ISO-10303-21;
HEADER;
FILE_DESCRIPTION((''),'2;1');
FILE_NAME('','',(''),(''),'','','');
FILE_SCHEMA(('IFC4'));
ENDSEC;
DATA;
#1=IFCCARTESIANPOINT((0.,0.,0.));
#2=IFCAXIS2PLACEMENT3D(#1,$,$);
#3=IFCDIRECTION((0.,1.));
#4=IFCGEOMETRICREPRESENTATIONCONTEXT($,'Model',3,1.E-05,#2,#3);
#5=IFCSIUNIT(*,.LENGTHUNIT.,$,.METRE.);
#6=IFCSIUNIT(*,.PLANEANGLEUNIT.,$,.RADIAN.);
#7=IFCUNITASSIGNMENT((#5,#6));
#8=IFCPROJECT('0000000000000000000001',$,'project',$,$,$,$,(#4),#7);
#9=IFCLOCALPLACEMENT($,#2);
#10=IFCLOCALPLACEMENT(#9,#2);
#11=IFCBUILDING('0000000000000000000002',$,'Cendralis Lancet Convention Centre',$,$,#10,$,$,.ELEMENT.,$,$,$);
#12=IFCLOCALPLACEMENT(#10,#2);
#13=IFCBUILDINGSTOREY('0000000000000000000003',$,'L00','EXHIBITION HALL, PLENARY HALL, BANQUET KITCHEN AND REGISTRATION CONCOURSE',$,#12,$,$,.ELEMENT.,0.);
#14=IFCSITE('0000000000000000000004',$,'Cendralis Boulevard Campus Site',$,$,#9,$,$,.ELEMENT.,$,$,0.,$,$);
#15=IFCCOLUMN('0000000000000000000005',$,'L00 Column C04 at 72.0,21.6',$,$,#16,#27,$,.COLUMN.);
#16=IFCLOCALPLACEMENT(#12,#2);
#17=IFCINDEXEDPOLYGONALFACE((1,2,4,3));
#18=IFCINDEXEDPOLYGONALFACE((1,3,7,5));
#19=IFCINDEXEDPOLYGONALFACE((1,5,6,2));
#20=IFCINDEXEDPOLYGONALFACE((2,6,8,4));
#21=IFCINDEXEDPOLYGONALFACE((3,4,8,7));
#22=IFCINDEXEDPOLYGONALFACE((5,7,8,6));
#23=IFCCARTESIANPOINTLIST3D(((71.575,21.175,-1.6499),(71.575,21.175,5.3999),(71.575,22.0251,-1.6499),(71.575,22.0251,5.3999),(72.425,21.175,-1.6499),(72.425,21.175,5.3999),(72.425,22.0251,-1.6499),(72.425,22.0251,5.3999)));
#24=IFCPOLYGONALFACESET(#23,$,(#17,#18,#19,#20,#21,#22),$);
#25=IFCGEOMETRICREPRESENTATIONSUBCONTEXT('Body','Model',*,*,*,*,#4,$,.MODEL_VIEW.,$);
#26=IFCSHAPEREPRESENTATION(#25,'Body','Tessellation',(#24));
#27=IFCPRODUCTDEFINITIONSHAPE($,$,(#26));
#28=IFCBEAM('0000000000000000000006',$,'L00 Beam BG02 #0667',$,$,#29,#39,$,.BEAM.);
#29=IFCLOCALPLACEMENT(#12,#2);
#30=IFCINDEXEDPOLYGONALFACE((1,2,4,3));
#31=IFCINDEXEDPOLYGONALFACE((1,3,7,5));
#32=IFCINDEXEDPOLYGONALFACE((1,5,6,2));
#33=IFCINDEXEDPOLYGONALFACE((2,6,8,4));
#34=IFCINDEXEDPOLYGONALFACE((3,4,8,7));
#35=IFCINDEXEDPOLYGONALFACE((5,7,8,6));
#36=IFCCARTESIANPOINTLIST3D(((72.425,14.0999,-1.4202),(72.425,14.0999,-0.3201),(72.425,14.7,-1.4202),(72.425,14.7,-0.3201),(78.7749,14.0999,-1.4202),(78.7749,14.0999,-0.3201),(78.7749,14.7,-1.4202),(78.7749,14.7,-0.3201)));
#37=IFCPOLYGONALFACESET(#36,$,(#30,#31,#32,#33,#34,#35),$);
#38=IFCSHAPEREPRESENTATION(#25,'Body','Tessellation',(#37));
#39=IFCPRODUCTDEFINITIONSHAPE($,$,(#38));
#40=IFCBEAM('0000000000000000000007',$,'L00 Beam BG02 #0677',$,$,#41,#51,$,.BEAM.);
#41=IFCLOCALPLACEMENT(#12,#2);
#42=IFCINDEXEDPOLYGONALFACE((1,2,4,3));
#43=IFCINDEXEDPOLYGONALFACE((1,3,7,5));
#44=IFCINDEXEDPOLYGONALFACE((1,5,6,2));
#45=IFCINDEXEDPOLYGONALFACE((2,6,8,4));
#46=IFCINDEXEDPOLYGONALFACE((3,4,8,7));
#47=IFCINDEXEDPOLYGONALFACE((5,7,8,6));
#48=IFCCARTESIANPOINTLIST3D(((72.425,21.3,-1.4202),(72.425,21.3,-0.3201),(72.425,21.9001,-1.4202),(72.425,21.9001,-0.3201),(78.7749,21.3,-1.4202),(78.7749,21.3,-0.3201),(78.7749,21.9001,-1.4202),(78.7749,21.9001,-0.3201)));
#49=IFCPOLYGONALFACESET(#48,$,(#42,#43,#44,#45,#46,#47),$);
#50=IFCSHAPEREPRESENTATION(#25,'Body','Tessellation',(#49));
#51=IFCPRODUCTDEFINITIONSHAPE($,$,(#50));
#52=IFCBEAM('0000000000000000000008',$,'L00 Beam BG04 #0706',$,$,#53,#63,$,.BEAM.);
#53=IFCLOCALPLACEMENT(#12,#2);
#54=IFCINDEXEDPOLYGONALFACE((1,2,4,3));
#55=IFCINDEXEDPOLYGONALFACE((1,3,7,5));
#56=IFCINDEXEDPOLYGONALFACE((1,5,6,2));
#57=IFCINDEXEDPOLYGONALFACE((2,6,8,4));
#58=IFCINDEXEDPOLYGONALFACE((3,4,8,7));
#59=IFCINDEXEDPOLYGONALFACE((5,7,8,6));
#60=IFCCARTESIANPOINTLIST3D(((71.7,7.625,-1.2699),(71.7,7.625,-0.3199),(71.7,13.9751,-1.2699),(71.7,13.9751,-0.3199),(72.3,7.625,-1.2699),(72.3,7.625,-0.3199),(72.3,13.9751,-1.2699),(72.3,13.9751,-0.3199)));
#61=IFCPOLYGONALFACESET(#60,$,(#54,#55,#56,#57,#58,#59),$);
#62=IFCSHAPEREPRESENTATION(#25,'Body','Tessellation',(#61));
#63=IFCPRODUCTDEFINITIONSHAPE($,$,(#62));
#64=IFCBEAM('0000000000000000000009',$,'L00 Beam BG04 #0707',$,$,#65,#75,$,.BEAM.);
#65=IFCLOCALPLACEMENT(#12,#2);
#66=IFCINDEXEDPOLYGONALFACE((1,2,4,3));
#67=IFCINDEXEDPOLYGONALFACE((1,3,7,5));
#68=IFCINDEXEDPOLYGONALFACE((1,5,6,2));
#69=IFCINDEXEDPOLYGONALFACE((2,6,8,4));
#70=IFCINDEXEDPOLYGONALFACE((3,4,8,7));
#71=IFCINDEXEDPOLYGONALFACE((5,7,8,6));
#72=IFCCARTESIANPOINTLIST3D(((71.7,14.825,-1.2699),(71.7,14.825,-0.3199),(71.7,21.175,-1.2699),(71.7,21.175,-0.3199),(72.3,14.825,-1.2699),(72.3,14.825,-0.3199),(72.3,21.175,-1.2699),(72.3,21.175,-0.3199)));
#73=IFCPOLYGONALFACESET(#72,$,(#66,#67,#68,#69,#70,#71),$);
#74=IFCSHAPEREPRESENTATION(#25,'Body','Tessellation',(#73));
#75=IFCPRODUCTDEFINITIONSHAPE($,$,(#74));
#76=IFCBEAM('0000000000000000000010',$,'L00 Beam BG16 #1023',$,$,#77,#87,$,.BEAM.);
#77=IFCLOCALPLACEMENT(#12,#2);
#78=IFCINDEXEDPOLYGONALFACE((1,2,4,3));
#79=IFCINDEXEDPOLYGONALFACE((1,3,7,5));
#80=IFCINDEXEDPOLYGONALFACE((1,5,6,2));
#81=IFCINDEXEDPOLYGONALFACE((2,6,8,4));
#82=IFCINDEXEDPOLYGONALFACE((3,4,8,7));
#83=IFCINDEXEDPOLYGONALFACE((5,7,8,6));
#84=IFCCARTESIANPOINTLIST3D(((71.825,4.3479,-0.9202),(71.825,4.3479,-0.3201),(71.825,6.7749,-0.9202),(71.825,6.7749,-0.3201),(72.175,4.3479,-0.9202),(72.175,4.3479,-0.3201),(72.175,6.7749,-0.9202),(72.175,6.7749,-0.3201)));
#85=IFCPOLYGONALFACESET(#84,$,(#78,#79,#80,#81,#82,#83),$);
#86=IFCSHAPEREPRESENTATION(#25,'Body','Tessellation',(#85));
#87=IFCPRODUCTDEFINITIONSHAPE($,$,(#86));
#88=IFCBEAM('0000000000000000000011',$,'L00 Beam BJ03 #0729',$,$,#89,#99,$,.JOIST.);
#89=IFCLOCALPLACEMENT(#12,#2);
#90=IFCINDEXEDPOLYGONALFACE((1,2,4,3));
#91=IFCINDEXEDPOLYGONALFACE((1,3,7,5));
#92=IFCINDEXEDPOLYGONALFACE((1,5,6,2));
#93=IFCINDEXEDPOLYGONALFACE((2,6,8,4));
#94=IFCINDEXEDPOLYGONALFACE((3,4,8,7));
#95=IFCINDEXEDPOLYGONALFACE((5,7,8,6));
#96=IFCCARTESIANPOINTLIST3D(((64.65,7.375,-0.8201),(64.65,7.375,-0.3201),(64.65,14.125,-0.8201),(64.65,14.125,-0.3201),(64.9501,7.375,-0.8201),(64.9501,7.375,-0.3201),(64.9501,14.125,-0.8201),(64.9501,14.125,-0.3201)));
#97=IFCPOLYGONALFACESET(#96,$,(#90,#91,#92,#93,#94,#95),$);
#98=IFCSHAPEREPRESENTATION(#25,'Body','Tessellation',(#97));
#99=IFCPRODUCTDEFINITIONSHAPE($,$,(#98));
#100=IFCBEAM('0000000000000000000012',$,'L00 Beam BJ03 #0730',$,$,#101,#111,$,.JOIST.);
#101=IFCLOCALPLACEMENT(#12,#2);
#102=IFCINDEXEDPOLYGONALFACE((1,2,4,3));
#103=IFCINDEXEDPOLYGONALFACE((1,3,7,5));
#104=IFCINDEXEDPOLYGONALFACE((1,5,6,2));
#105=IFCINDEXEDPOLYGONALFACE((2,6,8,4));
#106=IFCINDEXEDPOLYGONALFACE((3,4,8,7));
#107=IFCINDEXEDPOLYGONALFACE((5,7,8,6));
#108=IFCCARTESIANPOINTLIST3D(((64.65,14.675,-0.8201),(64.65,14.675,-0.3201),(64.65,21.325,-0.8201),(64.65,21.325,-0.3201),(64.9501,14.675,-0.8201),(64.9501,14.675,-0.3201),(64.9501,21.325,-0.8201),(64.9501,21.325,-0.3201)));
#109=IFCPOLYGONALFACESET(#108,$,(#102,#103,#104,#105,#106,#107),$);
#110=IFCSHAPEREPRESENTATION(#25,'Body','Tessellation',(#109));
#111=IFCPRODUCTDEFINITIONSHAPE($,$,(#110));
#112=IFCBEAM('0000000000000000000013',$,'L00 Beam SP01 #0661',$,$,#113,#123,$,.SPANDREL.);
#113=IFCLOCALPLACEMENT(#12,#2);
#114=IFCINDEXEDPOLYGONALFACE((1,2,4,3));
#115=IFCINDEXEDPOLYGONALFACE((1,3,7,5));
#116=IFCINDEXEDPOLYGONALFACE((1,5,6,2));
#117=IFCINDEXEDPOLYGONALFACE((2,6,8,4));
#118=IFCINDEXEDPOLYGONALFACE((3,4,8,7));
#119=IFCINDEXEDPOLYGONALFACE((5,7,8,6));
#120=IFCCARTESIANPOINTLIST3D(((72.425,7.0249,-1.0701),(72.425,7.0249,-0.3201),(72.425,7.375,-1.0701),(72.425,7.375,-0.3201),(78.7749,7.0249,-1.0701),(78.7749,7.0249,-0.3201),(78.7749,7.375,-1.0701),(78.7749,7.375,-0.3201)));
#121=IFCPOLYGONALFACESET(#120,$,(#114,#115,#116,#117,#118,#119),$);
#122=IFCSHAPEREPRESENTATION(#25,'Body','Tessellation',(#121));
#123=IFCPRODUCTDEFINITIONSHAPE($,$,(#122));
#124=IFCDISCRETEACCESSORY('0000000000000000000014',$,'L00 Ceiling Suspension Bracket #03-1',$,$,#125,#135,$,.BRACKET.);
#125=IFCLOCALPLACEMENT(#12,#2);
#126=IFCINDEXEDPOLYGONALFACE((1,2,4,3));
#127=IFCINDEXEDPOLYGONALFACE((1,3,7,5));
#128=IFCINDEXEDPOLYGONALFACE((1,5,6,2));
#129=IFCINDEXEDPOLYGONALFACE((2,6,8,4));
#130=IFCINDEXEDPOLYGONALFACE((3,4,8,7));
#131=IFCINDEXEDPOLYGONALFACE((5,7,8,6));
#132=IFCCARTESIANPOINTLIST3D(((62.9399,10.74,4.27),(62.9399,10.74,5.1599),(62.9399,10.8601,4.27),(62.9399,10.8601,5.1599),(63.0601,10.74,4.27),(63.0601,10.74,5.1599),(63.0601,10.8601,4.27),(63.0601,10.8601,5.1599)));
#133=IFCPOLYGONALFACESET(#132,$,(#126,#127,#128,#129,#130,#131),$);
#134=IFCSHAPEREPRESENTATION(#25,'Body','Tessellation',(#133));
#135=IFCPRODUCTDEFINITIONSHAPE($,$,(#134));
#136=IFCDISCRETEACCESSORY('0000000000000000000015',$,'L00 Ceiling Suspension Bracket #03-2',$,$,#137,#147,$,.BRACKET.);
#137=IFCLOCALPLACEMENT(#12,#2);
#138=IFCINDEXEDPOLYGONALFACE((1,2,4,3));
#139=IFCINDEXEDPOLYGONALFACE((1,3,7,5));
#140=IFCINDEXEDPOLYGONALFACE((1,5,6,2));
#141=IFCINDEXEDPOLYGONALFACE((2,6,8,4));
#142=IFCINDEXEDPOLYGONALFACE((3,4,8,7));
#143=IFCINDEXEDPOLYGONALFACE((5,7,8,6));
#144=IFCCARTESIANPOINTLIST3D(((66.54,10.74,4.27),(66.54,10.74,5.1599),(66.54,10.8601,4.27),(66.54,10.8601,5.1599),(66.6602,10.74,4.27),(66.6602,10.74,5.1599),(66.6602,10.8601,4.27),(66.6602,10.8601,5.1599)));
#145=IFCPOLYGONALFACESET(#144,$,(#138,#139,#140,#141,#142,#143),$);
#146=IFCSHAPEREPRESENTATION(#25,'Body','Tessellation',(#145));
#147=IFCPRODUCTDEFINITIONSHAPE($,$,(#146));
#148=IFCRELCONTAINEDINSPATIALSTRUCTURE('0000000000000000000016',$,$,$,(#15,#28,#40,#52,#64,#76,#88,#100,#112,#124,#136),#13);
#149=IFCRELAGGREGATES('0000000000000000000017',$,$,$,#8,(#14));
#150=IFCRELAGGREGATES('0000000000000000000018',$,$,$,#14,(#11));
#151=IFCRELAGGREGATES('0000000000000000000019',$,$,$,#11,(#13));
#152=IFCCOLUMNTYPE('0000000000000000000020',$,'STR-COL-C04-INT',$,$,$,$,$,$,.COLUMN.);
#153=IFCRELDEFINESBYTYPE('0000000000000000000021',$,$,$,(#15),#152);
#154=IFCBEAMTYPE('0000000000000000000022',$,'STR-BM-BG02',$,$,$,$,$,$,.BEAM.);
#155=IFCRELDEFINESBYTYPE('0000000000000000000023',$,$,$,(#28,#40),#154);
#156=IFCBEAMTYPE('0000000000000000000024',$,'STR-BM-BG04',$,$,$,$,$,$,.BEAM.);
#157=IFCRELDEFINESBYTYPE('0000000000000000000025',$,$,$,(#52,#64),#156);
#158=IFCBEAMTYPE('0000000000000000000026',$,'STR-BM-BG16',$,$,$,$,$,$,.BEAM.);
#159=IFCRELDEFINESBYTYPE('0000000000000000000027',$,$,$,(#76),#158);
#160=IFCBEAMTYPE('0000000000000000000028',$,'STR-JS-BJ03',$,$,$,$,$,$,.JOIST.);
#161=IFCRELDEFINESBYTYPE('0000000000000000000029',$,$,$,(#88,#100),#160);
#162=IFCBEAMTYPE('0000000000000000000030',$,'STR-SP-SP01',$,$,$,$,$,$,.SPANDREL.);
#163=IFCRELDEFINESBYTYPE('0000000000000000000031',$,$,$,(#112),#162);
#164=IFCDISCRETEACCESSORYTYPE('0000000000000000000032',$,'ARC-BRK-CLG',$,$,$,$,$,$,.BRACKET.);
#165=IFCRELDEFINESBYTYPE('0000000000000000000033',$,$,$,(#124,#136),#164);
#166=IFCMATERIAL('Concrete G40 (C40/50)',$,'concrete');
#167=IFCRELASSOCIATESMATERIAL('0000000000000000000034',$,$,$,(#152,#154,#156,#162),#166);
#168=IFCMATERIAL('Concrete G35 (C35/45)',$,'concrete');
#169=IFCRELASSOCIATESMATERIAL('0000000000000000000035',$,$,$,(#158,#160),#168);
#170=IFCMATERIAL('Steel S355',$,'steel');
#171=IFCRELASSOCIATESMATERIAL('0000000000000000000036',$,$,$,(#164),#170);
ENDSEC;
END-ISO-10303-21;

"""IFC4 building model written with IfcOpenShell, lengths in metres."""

from ifc_helpers import new_model, si_unit, direction, frame, origin, origin_2d, place, context, subcontext, project, spatial, rectangle, extrude, material, material_profile, profile_set, type_object, element, save


model = new_model("IFC4")

# Units and contexts
model_context = context("Model", 3, precision=1e-05, world=origin(), true_north=direction((0.0, 1.0)))
body_context = subcontext(model_context, "Body", "Model", "MODEL_VIEW")
ifc_project = project(units=[si_unit("LENGTHUNIT", "METRE"), si_unit("PLANEANGLEUNIT", "RADIAN")], contexts=[model_context])

# Site, building, storey
site_placement = place(None, origin())
site = spatial("IfcSite", under=ifc_project, at=site_placement, Name="Cendralis Boulevard Campus Site", CompositionType="ELEMENT", RefElevation=0.0)
building_placement = place(site_placement, origin())
building = spatial("IfcBuilding", under=site, at=building_placement, Name="Cendralis Lancet Convention Centre", CompositionType="ELEMENT")
storey_placement = place(building_placement, origin())
storey = spatial("IfcBuildingStorey", under=building, at=storey_placement, Name="L00", Description="EXHIBITION HALL, PLENARY HALL, BANQUET KITCHEN AND REGISTRATION CONCOURSE", CompositionType="ELEMENT", Elevation=0.0)

# Shared definitions
ifc_material_1 = material(Name="Concrete G35 (C35/45)", Category="concrete")

# Column
ifc_material_2 = material(Name="Concrete G40 (C40/50)", Category="concrete")
ifc_material_profile_1 = material_profile(ifc_material_2, rectangle(XDim=0.8501, YDim=0.8501, at=origin_2d()), Name="RC 850x850")
ifc_profile_set_1 = profile_set([ifc_material_profile_1], Name="Concrete G40 (C40/50)")
column_type = type_object("IfcColumnType", Name="STR-COL-C04-INT", PredefinedType="COLUMN", material=ifc_profile_set_1)
for number, where, z_axis, x_axis, name in (
    (1, (72.0, 21.6001, -1.6499), (0.0, 0.0, 1.0), (1.0, 0.0, 0.0), "L00 Column C04 at 72.0,21.6"),
):
    element("IfcColumn", number, at=place(storey_placement, frame(where, z_axis=z_axis, x_axis=x_axis)), inside=storey, type_object=column_type, Name=name, PredefinedType="COLUMN", context=body_context, shape_type="SweptSolid", body=[
        extrude(rectangle(XDim=0.8501, YDim=0.8501, at=origin_2d()), origin(), (0.0, 0.0, 1.0), 7.0498),
    ])

# Beams
ifc_material_profile_2 = material_profile(ifc_material_2, rectangle(XDim=0.6001, YDim=1.1001, at=origin_2d()), Name="RCB 600x1100")
ifc_profile_set_2 = profile_set([ifc_material_profile_2], Name="Concrete G40 (C40/50)")
beam_type_1 = type_object("IfcBeamType", Name="STR-BM-BG02", PredefinedType="BEAM", material=ifc_profile_set_2)
for number, where, z_axis, x_axis, name in (
    (2, (72.425, 14.3999, -0.8701), (1.0, 0.0, 0.0), (0.0, 1.0, 0.0), "L00 Beam BG02 #0667"),
    (3, (72.425, 21.6001, -0.8701), (1.0, 0.0, 0.0), (0.0, 1.0, 0.0), "L00 Beam BG02 #0677"),
):
    element("IfcBeam", number, at=place(storey_placement, frame(where, z_axis=z_axis, x_axis=x_axis)), inside=storey, type_object=beam_type_1, Name=name, PredefinedType="BEAM", context=body_context, shape_type="SweptSolid", body=[
        extrude(rectangle(XDim=0.6001, YDim=1.1001, at=origin_2d()), origin(), (0.0, 0.0, 1.0), 6.3499),
    ])
ifc_material_profile_3 = material_profile(ifc_material_2, rectangle(XDim=0.6001, YDim=0.95, at=origin_2d()), Name="RCB 600x950")
ifc_profile_set_3 = profile_set([ifc_material_profile_3], Name="Concrete G40 (C40/50)")
beam_type_2 = type_object("IfcBeamType", Name="STR-BM-BG04", PredefinedType="BEAM", material=ifc_profile_set_3)
for number, where, z_axis, x_axis, name in (
    (4, (72.0, 7.625, -0.7949), (0.0, 1.0, 0.0), (-1.0, 0.0, 0.0), "L00 Beam BG04 #0706"),
    (5, (72.0, 14.825, -0.7949), (0.0, 1.0, 0.0), (-1.0, 0.0, 0.0), "L00 Beam BG04 #0707"),
):
    element("IfcBeam", number, at=place(storey_placement, frame(where, z_axis=z_axis, x_axis=x_axis)), inside=storey, type_object=beam_type_2, Name=name, PredefinedType="BEAM", context=body_context, shape_type="SweptSolid", body=[
        extrude(rectangle(XDim=0.6001, YDim=0.95, at=origin_2d()), origin(), (0.0, 0.0, 1.0), 6.3501),
    ])
ifc_material_profile_4 = material_profile(ifc_material_1, rectangle(XDim=0.3501, YDim=0.6001, at=origin_2d()), Name="RCB 350x600")
ifc_profile_set_4 = profile_set([ifc_material_profile_4], Name="Concrete G35 (C35/45)")
beam_type_3 = type_object("IfcBeamType", Name="STR-BM-BG16", PredefinedType="BEAM", material=ifc_profile_set_4)
beam_1_placement = place(storey_placement, frame((72.0, 4.3479, -0.6201), z_axis=(0.0, 1.0, 0.0), x_axis=(-1.0, 0.0, 0.0)))
element("IfcBeam", 6, at=beam_1_placement, inside=storey, type_object=beam_type_3, Name="L00 Beam BG16 #1023", PredefinedType="BEAM", context=body_context, shape_type="SweptSolid", body=[
    extrude(rectangle(XDim=0.3501, YDim=0.6001, at=origin_2d()), origin(), (0.0, 0.0, 1.0), 2.427),
])
ifc_material_profile_5 = material_profile(ifc_material_1, rectangle(XDim=0.3, YDim=0.5, at=origin_2d()), Name="RCB 300x500")
ifc_profile_set_5 = profile_set([ifc_material_profile_5], Name="Concrete G35 (C35/45)")
beam_type_4 = type_object("IfcBeamType", Name="STR-JS-BJ03", PredefinedType="JOIST", material=ifc_profile_set_5)
beam_2_placement = place(storey_placement, frame((64.8, 7.375, -0.5701), z_axis=(0.0, 1.0, 0.0), x_axis=(-1.0, 0.0, 0.0)))
element("IfcBeam", 7, at=beam_2_placement, inside=storey, type_object=beam_type_4, Name="L00 Beam BJ03 #0729", PredefinedType="JOIST", context=body_context, shape_type="SweptSolid", body=[
    extrude(rectangle(XDim=0.3, YDim=0.5, at=origin_2d()), origin(), (0.0, 0.0, 1.0), 6.75),
])
beam_3_placement = place(storey_placement, frame((64.8, 14.675, -0.5701), z_axis=(0.0, 1.0, 0.0), x_axis=(-1.0, 0.0, 0.0)))
element("IfcBeam", 8, at=beam_3_placement, inside=storey, type_object=beam_type_4, Name="L00 Beam BJ03 #0730", PredefinedType="JOIST", context=body_context, shape_type="SweptSolid", body=[
    extrude(rectangle(XDim=0.3, YDim=0.5, at=origin_2d()), origin(), (0.0, 0.0, 1.0), 6.6499),
])
ifc_material_profile_6 = material_profile(ifc_material_2, rectangle(XDim=0.3501, YDim=0.75, at=origin_2d()), Name="RCB 350x750")
ifc_profile_set_6 = profile_set([ifc_material_profile_6], Name="Concrete G40 (C40/50)")
beam_type_5 = type_object("IfcBeamType", Name="STR-SP-SP01", PredefinedType="SPANDREL", material=ifc_profile_set_6)
beam_4_placement = place(storey_placement, frame((72.425, 7.2, -0.6951), z_axis=(1.0, 0.0, 0.0), x_axis=(0.0, 1.0, 0.0)))
element("IfcBeam", 9, at=beam_4_placement, inside=storey, type_object=beam_type_5, Name="L00 Beam SP01 #0661", PredefinedType="SPANDREL", context=body_context, shape_type="SweptSolid", body=[
    extrude(rectangle(XDim=0.3501, YDim=0.75, at=origin_2d()), origin(), (0.0, 0.0, 1.0), 6.3499),
])

# Discrete accessories
ifc_material_3 = material(Name="Steel S355", Category="steel")
discrete_accessory_type = type_object("IfcDiscreteAccessoryType", Name="ARC-BRK-CLG", PredefinedType="BRACKET", material=ifc_material_3)
for number, where, z_axis, x_axis, name in (
    (10, (63.0, 10.8, 4.27), (0.0, 0.0, 1.0), (1.0, 0.0, 0.0), "L00 Ceiling Suspension Bracket #03-1"),
    (11, (66.6001, 10.8, 4.27), (0.0, 0.0, 1.0), (1.0, 0.0, 0.0), "L00 Ceiling Suspension Bracket #03-2"),
):
    element("IfcDiscreteAccessory", number, at=place(storey_placement, frame(where, z_axis=z_axis, x_axis=x_axis)), inside=storey, type_object=discrete_accessory_type, Name=name, PredefinedType="BRACKET", context=body_context, shape_type="SweptSolid", body=[
        extrude(rectangle(XDim=0.1201, YDim=0.1201, at=origin_2d()), origin(), (0.0, 0.0, 1.0), 0.8899),
    ])

save(model, "model.ifc")
